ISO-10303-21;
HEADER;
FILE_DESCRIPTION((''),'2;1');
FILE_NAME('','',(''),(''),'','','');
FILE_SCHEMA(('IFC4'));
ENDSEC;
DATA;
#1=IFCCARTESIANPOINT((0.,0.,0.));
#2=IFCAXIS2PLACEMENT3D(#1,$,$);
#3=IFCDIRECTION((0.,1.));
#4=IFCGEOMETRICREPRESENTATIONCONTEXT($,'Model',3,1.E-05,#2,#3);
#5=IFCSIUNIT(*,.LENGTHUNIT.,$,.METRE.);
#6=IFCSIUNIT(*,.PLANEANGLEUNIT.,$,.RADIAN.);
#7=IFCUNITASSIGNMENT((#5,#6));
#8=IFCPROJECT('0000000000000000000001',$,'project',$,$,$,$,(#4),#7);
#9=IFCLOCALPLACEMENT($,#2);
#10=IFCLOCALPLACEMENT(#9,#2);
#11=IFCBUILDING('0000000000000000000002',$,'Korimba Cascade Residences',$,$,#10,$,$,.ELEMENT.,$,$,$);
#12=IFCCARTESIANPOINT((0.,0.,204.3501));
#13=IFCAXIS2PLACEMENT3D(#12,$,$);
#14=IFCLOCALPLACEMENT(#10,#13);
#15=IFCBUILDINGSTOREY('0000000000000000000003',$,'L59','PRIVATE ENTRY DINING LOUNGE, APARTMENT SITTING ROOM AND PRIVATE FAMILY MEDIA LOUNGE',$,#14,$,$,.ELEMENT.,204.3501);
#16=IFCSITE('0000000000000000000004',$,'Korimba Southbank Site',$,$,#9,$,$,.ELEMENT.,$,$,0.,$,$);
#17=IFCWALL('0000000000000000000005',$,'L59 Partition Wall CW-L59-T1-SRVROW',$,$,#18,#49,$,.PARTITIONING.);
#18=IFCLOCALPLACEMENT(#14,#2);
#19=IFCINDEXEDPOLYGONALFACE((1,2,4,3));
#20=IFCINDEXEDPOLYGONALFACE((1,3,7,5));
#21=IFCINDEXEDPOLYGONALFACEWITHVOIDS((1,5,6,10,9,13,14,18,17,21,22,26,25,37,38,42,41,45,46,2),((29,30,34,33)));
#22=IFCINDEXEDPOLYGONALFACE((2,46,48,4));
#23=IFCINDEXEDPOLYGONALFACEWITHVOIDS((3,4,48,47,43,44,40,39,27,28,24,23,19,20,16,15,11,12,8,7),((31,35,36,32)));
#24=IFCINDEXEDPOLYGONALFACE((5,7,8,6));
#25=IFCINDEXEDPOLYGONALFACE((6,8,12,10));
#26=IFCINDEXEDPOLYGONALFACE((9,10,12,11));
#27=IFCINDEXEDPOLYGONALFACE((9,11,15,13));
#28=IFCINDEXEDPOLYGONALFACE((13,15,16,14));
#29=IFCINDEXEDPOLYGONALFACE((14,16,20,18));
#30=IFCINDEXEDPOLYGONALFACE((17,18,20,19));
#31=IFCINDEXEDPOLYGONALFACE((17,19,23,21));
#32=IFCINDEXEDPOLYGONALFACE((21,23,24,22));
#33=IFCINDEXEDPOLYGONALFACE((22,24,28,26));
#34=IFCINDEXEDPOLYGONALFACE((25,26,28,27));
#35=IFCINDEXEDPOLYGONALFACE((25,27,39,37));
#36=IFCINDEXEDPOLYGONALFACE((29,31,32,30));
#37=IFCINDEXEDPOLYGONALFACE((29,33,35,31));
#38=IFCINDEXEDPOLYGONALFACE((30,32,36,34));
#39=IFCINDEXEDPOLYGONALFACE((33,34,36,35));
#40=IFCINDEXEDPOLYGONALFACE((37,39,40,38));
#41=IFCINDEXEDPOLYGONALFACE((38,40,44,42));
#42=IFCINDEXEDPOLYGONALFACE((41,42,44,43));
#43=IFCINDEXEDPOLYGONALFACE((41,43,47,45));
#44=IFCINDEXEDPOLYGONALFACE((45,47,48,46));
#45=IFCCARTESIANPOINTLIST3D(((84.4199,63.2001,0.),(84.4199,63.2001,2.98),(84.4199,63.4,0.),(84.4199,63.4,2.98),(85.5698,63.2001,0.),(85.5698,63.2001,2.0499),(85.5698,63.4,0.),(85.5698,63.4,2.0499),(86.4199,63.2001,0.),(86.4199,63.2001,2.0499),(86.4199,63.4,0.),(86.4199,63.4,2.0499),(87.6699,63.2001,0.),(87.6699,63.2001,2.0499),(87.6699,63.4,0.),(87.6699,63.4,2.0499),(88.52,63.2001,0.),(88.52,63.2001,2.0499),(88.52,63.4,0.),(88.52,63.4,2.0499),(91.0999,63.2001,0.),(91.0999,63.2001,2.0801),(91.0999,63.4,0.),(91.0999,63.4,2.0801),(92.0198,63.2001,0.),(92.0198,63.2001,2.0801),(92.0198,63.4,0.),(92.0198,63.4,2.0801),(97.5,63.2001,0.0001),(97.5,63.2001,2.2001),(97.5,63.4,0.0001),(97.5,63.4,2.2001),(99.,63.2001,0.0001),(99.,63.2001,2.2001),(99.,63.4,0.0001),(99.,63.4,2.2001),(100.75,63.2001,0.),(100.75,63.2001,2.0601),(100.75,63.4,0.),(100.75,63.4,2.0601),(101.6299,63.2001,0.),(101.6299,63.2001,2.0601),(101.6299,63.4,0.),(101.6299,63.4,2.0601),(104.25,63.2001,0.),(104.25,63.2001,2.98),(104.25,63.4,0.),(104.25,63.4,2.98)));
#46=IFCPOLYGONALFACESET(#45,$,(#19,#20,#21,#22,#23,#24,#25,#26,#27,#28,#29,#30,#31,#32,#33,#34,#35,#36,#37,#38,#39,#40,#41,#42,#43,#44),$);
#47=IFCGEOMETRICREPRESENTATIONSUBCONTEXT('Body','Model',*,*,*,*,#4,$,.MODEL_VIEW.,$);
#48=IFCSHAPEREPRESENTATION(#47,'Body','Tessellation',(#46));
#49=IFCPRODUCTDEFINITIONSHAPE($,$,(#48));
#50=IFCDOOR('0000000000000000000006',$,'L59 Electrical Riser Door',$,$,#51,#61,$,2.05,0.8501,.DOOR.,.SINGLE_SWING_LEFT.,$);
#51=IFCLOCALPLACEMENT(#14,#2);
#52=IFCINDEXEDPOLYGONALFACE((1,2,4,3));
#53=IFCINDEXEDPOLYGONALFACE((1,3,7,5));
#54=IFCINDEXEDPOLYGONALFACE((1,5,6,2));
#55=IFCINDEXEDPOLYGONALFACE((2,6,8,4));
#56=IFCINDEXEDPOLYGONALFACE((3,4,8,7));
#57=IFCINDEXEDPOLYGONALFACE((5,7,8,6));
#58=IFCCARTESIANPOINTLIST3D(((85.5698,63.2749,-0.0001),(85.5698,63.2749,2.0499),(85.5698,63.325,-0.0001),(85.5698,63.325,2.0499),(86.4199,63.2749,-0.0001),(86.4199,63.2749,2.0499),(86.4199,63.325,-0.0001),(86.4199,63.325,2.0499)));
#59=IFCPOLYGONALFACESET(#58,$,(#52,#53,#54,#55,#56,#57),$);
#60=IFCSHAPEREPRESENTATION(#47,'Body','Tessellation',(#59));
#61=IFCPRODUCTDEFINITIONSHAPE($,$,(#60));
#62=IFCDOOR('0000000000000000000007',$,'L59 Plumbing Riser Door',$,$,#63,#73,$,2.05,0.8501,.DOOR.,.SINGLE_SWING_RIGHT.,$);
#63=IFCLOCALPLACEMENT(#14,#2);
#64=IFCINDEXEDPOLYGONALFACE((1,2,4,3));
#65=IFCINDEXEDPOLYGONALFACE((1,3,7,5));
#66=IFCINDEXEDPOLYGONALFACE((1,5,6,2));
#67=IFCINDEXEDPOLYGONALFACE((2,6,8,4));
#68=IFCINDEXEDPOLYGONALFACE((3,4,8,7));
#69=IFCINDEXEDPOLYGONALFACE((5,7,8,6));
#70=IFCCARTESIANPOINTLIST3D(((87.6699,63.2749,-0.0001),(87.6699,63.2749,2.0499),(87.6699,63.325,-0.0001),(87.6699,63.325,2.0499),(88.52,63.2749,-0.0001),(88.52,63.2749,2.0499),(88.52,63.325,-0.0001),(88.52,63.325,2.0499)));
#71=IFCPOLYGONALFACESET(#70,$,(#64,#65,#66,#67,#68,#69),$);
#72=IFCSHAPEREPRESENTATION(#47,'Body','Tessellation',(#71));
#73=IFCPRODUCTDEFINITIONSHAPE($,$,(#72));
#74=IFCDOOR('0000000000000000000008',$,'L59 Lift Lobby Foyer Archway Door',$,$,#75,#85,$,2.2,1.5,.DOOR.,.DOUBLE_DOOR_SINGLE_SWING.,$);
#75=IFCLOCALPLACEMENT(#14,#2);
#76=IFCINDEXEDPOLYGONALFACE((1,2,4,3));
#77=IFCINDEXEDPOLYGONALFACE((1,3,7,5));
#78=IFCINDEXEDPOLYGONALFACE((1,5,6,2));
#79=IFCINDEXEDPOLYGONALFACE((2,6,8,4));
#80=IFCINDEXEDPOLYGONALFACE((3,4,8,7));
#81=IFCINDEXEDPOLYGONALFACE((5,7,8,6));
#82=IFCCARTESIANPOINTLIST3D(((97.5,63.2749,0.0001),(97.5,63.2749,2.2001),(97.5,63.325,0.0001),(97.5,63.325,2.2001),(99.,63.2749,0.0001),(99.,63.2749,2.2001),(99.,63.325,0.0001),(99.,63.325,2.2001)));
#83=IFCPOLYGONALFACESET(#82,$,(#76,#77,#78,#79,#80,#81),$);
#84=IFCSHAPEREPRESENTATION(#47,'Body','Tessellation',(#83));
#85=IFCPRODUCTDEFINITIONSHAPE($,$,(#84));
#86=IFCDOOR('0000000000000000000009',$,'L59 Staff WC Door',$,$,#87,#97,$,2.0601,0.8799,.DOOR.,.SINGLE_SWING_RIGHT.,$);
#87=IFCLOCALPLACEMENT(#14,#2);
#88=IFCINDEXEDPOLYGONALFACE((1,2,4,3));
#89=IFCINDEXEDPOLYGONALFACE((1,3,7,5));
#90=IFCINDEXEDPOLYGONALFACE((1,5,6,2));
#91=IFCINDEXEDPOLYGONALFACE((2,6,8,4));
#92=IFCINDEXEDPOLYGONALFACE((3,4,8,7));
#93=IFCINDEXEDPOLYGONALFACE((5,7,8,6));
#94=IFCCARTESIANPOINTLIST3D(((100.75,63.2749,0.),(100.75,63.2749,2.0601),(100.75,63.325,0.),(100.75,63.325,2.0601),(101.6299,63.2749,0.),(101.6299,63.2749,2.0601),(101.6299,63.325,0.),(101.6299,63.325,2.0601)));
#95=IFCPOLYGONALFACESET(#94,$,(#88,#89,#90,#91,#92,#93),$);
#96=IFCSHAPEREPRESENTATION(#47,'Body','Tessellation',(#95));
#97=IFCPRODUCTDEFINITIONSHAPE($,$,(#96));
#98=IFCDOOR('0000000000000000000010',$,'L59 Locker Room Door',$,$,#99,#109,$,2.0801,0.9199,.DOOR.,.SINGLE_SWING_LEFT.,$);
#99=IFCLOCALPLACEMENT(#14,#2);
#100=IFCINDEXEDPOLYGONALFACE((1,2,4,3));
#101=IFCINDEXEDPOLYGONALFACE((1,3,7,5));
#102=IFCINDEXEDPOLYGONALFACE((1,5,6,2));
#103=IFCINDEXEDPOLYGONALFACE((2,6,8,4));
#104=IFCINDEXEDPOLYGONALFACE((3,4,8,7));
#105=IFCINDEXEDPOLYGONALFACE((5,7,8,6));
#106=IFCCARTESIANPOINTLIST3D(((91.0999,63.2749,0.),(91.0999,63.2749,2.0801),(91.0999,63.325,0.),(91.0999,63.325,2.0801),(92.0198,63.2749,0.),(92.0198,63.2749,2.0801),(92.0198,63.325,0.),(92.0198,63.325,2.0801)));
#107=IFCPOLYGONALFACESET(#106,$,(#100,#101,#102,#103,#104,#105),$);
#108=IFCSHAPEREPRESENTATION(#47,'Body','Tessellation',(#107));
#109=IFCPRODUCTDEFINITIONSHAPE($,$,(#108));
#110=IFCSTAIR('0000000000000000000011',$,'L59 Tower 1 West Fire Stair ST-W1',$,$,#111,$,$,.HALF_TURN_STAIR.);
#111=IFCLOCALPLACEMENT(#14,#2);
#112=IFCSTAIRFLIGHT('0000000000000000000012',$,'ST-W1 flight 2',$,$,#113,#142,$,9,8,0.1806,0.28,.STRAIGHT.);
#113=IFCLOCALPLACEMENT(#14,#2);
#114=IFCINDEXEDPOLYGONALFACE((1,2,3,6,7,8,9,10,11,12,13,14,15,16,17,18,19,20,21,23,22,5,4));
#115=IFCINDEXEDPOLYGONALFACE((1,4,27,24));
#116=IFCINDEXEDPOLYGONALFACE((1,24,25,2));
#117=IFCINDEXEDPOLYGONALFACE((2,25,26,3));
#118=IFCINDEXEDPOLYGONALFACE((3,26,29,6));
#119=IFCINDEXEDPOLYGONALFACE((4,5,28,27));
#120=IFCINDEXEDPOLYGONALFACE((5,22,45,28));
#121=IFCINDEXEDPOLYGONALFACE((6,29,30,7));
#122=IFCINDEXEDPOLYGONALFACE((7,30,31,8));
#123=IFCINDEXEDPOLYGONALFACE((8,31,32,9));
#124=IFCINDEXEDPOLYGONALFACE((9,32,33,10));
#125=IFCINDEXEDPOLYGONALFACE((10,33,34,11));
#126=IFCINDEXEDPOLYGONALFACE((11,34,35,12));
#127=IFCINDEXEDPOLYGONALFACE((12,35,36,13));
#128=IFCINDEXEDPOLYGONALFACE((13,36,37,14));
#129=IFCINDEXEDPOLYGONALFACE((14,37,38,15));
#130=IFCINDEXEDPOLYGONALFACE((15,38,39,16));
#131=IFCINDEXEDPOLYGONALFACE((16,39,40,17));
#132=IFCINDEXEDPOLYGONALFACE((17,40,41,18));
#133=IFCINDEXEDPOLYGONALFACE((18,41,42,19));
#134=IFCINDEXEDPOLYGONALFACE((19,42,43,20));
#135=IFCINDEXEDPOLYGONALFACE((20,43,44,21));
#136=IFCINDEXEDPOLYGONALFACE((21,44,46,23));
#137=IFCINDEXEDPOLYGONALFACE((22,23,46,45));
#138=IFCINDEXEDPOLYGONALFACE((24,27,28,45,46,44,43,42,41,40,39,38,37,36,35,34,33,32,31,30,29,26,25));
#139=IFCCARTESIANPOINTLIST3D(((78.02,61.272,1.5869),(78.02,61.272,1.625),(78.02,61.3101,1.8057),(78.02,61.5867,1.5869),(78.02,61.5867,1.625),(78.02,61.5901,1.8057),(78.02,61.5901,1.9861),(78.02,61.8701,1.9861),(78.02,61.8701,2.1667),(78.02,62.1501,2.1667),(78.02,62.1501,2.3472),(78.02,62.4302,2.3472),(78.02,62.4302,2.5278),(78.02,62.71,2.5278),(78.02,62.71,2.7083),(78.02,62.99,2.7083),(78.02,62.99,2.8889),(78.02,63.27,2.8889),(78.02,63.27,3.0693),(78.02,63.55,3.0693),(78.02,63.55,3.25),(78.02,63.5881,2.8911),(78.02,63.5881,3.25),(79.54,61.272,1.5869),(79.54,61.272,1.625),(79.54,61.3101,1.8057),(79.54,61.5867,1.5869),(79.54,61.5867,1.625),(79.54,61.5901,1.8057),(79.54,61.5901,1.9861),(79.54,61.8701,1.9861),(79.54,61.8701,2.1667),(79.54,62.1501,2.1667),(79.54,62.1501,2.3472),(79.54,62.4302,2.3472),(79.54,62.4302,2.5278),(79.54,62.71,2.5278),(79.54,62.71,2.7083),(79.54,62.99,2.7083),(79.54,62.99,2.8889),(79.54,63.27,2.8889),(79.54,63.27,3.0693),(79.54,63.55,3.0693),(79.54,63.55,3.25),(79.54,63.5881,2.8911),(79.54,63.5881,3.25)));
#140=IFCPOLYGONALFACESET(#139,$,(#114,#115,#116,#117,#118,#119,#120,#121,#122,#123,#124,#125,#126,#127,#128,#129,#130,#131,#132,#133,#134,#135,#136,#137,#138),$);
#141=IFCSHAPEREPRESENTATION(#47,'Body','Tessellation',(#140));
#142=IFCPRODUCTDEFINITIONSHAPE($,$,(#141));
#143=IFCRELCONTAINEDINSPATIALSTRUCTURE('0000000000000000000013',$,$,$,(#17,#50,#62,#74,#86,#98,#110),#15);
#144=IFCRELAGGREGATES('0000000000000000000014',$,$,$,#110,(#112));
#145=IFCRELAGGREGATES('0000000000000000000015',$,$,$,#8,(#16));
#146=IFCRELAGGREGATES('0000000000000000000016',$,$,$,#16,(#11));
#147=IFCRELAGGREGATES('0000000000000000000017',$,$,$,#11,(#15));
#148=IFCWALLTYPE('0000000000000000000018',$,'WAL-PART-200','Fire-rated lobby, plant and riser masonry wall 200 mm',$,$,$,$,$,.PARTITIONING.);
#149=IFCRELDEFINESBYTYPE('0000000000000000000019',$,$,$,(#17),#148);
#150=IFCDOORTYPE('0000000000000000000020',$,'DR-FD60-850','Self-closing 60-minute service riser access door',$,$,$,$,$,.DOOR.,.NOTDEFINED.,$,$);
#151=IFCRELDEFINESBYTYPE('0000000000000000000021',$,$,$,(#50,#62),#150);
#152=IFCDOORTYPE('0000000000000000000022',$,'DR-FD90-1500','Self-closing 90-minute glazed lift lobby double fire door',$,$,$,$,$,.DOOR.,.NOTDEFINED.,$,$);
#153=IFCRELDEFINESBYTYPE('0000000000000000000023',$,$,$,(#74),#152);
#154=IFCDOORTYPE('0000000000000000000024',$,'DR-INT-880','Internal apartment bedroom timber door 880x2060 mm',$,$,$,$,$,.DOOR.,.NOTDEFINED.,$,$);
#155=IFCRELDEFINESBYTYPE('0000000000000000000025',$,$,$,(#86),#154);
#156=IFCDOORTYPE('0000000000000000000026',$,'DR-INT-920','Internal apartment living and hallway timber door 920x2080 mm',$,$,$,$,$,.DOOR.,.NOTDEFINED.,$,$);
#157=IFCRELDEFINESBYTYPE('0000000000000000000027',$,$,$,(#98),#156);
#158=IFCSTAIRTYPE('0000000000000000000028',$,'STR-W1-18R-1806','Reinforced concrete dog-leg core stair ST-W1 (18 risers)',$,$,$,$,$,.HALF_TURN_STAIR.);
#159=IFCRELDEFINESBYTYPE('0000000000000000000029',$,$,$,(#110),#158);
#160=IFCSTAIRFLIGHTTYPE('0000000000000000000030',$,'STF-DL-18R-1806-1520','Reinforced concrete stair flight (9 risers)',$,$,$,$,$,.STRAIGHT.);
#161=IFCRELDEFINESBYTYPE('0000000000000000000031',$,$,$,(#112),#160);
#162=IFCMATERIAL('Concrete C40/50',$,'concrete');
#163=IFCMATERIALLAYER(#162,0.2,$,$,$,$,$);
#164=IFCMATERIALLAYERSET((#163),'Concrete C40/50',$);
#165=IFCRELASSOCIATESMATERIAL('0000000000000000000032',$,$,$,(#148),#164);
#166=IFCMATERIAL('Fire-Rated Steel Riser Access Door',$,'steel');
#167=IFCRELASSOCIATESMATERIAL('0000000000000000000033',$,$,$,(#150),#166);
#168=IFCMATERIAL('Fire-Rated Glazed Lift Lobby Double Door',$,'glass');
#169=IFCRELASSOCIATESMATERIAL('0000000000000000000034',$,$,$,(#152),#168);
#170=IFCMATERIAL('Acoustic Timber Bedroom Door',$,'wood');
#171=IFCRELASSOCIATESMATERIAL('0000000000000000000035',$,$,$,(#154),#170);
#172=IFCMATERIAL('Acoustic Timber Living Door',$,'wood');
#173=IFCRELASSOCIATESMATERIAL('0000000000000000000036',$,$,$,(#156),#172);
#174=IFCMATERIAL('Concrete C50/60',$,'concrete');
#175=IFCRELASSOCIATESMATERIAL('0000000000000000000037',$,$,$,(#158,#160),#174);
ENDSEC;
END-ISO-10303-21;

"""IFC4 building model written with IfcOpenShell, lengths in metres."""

from ifc_helpers import new_model, si_unit, direction, frame, frame_2d, origin, place, context, subcontext, project, spatial, polyline, rectangle, outline, extrude, material, layer, layer_set, type_object, element, fill, aggregate, save


model = new_model("IFC4")

# Units and contexts
model_context = context("Model", 3, precision=1e-05, world=origin(), true_north=direction((0.0, 1.0)))
body_context = subcontext(model_context, "Body", "Model", "MODEL_VIEW")
ifc_project = project(units=[si_unit("LENGTHUNIT", "METRE"), si_unit("PLANEANGLEUNIT", "RADIAN")], contexts=[model_context])

# Site, building, storey
site_placement = place(None, origin())
site = spatial("IfcSite", under=ifc_project, at=site_placement, Name="Korimba Southbank Site", CompositionType="ELEMENT", RefElevation=0.0)
building_placement = place(site_placement, origin())
building = spatial("IfcBuilding", under=site, at=building_placement, Name="Korimba Cascade Residences", CompositionType="ELEMENT")
storey_placement = place(building_placement, frame((0.0, 0.0, 204.3501)))
storey = spatial("IfcBuildingStorey", under=building, at=storey_placement, Name="L59", Description="PRIVATE ENTRY DINING LOUNGE, APARTMENT SITTING ROOM AND PRIVATE FAMILY MEDIA LOUNGE", CompositionType="ELEMENT", Elevation=204.3501)

# Shared definitions
ifc_material_1 = material(Name="Concrete C40/50", Category="concrete")
ifc_layer_1 = layer(ifc_material_1, 0.2)
ifc_layer_set_1 = layer_set([ifc_layer_1], Name="Concrete C40/50")
wall_type_1 = type_object("IfcWallType", Name="WAL-PART-200", Description="Fire-rated lobby, plant and riser masonry wall 200 mm", PredefinedType="PARTITIONING", material=ifc_layer_set_1)

# Wall, openings, doors
wall_1_placement = place(storey_placement, frame((84.4199, 63.3, 0.0), z_axis=(0.0, 0.0, 1.0), x_axis=(1.0, 0.0, 0.0)))
wall_1 = element("IfcWall", 1, at=wall_1_placement, inside=storey, type_object=wall_type_1, Name="L59 Partition Wall CW-L59-T1-SRVROW", PredefinedType="PARTITIONING", context=body_context, shape_type="SweptSolid", body=[
    extrude(rectangle(XDim=19.8301, YDim=0.2, at=frame_2d((9.915, 0.0))), origin(), (0.0, 0.0, 1.0), 2.98),
])
opening_1_placement = place(wall_1_placement, frame((1.1499, 0.0, 0.0)))
opening_1 = element("IfcOpeningElement", 2, at=opening_1_placement, cuts=wall_1, PredefinedType="OPENING", context=body_context, shape_type="SweptSolid", body=[
    extrude(rectangle(XDim=0.8501, YDim=2.05, at=frame_2d((0.425, 1.0249))), frame((0.0, 0.1099, 0.0), z_axis=(0.0, -1.0, 0.0), x_axis=(1.0, 0.0, 0.0)), (0.0, 0.0, 1.0), 0.22),
])
opening_2_placement = place(wall_1_placement, frame((3.25, 0.0, 0.0)))
opening_2 = element("IfcOpeningElement", 3, at=opening_2_placement, cuts=wall_1, PredefinedType="OPENING", context=body_context, shape_type="SweptSolid", body=[
    extrude(rectangle(XDim=0.8501, YDim=2.05, at=frame_2d((0.425, 1.0249))), frame((0.0, 0.1099, 0.0), z_axis=(0.0, -1.0, 0.0), x_axis=(1.0, 0.0, 0.0)), (0.0, 0.0, 1.0), 0.22),
])
opening_3_placement = place(wall_1_placement, frame((13.0801, 0.0, 0.0)))
opening_3 = element("IfcOpeningElement", 4, at=opening_3_placement, cuts=wall_1, PredefinedType="OPENING", context=body_context, shape_type="SweptSolid", body=[
    extrude(rectangle(XDim=1.5, YDim=2.2, at=frame_2d((0.75, 1.1001))), frame((0.0, 0.1099, 0.0), z_axis=(0.0, -1.0, 0.0), x_axis=(1.0, 0.0, 0.0)), (0.0, 0.0, 1.0), 0.22),
])
opening_4_placement = place(wall_1_placement, frame((6.6799, 0.0, 0.0)))
opening_4 = element("IfcOpeningElement", 5, at=opening_4_placement, cuts=wall_1, PredefinedType="OPENING", context=body_context, shape_type="SweptSolid", body=[
    extrude(rectangle(XDim=0.9199, YDim=2.0801, at=frame_2d((0.46, 1.04))), frame((0.0, 0.1099, 0.0), z_axis=(0.0, -1.0, 0.0), x_axis=(1.0, 0.0, 0.0)), (0.0, 0.0, 1.0), 0.22),
])
opening_5_placement = place(wall_1_placement, frame((16.3301, 0.0, 0.0)))
opening_5 = element("IfcOpeningElement", 6, at=opening_5_placement, cuts=wall_1, PredefinedType="OPENING", context=body_context, shape_type="SweptSolid", body=[
    extrude(rectangle(XDim=0.8799, YDim=2.0601, at=frame_2d((0.4399, 1.03))), frame((0.0, 0.1099, 0.0), z_axis=(0.0, -1.0, 0.0), x_axis=(1.0, 0.0, 0.0)), (0.0, 0.0, 1.0), 0.22),
])
ifc_material_2 = material(Name="Fire-Rated Steel Riser Access Door", Category="steel")
door_type_1 = type_object("IfcDoorType", Name="DR-FD60-850", Description="Self-closing 60-minute service riser access door", OperationType="NOTDEFINED", PredefinedType="DOOR", material=ifc_material_2)
door_1_placement = place(opening_1_placement, origin())
door_1 = element("IfcDoor", 7, at=door_1_placement, inside=storey, type_object=door_type_1, Name="L59 Electrical Riser Door", OperationType="SINGLE_SWING_LEFT", OverallHeight=2.05, OverallWidth=0.8501, PredefinedType="DOOR", context=body_context, shape_type="SweptSolid", body=[
    extrude(rectangle(XDim=0.8501, YDim=2.05, at=frame_2d((0.425, 1.0249))), frame((0.0, 0.0249, 0.0), z_axis=(0.0, -1.0, 0.0), x_axis=(1.0, 0.0, 0.0)), (0.0, 0.0, 1.0), 0.05),
])
fill(opening_1, door_1)
door_2_placement = place(opening_2_placement, origin())
door_2 = element("IfcDoor", 8, at=door_2_placement, inside=storey, type_object=door_type_1, Name="L59 Plumbing Riser Door", OperationType="SINGLE_SWING_RIGHT", OverallHeight=2.05, OverallWidth=0.8501, PredefinedType="DOOR", context=body_context, shape_type="SweptSolid", body=[
    extrude(rectangle(XDim=0.8501, YDim=2.05, at=frame_2d((0.425, 1.0249))), frame((0.0, 0.0249, 0.0), z_axis=(0.0, -1.0, 0.0), x_axis=(1.0, 0.0, 0.0)), (0.0, 0.0, 1.0), 0.05),
])
fill(opening_2, door_2)
ifc_material_3 = material(Name="Fire-Rated Glazed Lift Lobby Double Door", Category="glass")
door_type_2 = type_object("IfcDoorType", Name="DR-FD90-1500", Description="Self-closing 90-minute glazed lift lobby double fire door", OperationType="NOTDEFINED", PredefinedType="DOOR", material=ifc_material_3)
door_3_placement = place(opening_3_placement, origin())
door_3 = element("IfcDoor", 9, at=door_3_placement, inside=storey, type_object=door_type_2, Name="L59 Lift Lobby Foyer Archway Door", OperationType="DOUBLE_DOOR_SINGLE_SWING", OverallHeight=2.2, OverallWidth=1.5, PredefinedType="DOOR", context=body_context, shape_type="SweptSolid", body=[
    extrude(rectangle(XDim=1.5, YDim=2.2, at=frame_2d((0.75, 1.1001))), frame((0.0, 0.0249, 0.0), z_axis=(0.0, -1.0, 0.0), x_axis=(1.0, 0.0, 0.0)), (0.0, 0.0, 1.0), 0.05),
])
fill(opening_3, door_3)
ifc_material_4 = material(Name="Acoustic Timber Bedroom Door", Category="wood")
door_type_3 = type_object("IfcDoorType", Name="DR-INT-880", Description="Internal apartment bedroom timber door 880x2060 mm", OperationType="NOTDEFINED", PredefinedType="DOOR", material=ifc_material_4)
door_4_placement = place(opening_5_placement, origin())
door_4 = element("IfcDoor", 10, at=door_4_placement, inside=storey, type_object=door_type_3, Name="L59 Staff WC Door", OperationType="SINGLE_SWING_RIGHT", OverallHeight=2.0601, OverallWidth=0.8799, PredefinedType="DOOR", context=body_context, shape_type="SweptSolid", body=[
    extrude(rectangle(XDim=0.8799, YDim=2.0601, at=frame_2d((0.4399, 1.03))), frame((0.0, 0.0249, 0.0), z_axis=(0.0, -1.0, 0.0), x_axis=(1.0, 0.0, 0.0)), (0.0, 0.0, 1.0), 0.05),
])
fill(opening_5, door_4)
ifc_material_5 = material(Name="Acoustic Timber Living Door", Category="wood")
door_type_4 = type_object("IfcDoorType", Name="DR-INT-920", Description="Internal apartment living and hallway timber door 920x2080 mm", OperationType="NOTDEFINED", PredefinedType="DOOR", material=ifc_material_5)
door_5_placement = place(opening_4_placement, origin())
door_5 = element("IfcDoor", 11, at=door_5_placement, inside=storey, type_object=door_type_4, Name="L59 Locker Room Door", OperationType="SINGLE_SWING_LEFT", OverallHeight=2.0801, OverallWidth=0.9199, PredefinedType="DOOR", context=body_context, shape_type="SweptSolid", body=[
    extrude(rectangle(XDim=0.9199, YDim=2.0801, at=frame_2d((0.46, 1.04))), frame((0.0, 0.0249, 0.0), z_axis=(0.0, -1.0, 0.0), x_axis=(1.0, 0.0, 0.0)), (0.0, 0.0, 1.0), 0.05),
])
fill(opening_4, door_5)
ifc_material_6 = material(Name="Concrete C50/60", Category="concrete")

# Stair, stair flight
stair_type = type_object("IfcStairType", Name="STR-W1-18R-1806", Description="Reinforced concrete dog-leg core stair ST-W1 (18 risers)", PredefinedType="HALF_TURN_STAIR", material=ifc_material_6)
stair_placement = place(storey_placement, origin())
stair = element("IfcStair", 12, at=stair_placement, inside=storey, type_object=stair_type, Name="L59 Tower 1 West Fire Stair ST-W1", PredefinedType="HALF_TURN_STAIR")
stair_flight_type = type_object("IfcStairFlightType", Name="STF-DL-18R-1806-1520", Description="Reinforced concrete stair flight (9 risers)", PredefinedType="STRAIGHT", material=ifc_material_6)
stair_flight_placement = place(storey_placement, frame((78.78, 61.3101, 1.625), z_axis=(0.0, 0.0, 1.0), x_axis=(0.0, 1.0, 0.0)))
stair_flight = element("IfcStairFlight", 13, at=stair_flight_placement, type_object=stair_flight_type, Name="ST-W1 flight 2", NumberOfRisers=9, NumberOfTreads=8, PredefinedType="STRAIGHT", RiserHeight=0.1806, TreadLength=0.28, context=body_context, shape_type="SweptSolid", body=[
    extrude(outline(polyline([(-0.0381, 0.0), (0.0, 0.1807), (0.28, 0.1807), (0.28, 0.3611), (0.5601, 0.3611), (0.5601, 0.5417), (0.8401, 0.5417), (0.8401, 0.7222), (1.1201, 0.7222), (1.1201, 0.9028), (1.3999, 0.9028), (1.3999, 1.0833), (1.6799, 1.0833), (1.6799, 1.2639), (1.96, 1.2639), (1.96, 1.4443), (2.24, 1.4443), (2.24, 1.625), (2.2781, 1.625), (2.2781, 1.2661), (0.2766, 0.0), (0.2766, -0.0381), (-0.0381, -0.0381), (-0.0381, 0.0)])), frame((0.0, 0.76, 0.0), z_axis=(0.0, -1.0, 0.0), x_axis=(1.0, 0.0, 0.0)), (0.0, 0.0, 1.0), 1.52),
])
aggregate(stair, [stair_flight])

save(model, "model.ifc")
